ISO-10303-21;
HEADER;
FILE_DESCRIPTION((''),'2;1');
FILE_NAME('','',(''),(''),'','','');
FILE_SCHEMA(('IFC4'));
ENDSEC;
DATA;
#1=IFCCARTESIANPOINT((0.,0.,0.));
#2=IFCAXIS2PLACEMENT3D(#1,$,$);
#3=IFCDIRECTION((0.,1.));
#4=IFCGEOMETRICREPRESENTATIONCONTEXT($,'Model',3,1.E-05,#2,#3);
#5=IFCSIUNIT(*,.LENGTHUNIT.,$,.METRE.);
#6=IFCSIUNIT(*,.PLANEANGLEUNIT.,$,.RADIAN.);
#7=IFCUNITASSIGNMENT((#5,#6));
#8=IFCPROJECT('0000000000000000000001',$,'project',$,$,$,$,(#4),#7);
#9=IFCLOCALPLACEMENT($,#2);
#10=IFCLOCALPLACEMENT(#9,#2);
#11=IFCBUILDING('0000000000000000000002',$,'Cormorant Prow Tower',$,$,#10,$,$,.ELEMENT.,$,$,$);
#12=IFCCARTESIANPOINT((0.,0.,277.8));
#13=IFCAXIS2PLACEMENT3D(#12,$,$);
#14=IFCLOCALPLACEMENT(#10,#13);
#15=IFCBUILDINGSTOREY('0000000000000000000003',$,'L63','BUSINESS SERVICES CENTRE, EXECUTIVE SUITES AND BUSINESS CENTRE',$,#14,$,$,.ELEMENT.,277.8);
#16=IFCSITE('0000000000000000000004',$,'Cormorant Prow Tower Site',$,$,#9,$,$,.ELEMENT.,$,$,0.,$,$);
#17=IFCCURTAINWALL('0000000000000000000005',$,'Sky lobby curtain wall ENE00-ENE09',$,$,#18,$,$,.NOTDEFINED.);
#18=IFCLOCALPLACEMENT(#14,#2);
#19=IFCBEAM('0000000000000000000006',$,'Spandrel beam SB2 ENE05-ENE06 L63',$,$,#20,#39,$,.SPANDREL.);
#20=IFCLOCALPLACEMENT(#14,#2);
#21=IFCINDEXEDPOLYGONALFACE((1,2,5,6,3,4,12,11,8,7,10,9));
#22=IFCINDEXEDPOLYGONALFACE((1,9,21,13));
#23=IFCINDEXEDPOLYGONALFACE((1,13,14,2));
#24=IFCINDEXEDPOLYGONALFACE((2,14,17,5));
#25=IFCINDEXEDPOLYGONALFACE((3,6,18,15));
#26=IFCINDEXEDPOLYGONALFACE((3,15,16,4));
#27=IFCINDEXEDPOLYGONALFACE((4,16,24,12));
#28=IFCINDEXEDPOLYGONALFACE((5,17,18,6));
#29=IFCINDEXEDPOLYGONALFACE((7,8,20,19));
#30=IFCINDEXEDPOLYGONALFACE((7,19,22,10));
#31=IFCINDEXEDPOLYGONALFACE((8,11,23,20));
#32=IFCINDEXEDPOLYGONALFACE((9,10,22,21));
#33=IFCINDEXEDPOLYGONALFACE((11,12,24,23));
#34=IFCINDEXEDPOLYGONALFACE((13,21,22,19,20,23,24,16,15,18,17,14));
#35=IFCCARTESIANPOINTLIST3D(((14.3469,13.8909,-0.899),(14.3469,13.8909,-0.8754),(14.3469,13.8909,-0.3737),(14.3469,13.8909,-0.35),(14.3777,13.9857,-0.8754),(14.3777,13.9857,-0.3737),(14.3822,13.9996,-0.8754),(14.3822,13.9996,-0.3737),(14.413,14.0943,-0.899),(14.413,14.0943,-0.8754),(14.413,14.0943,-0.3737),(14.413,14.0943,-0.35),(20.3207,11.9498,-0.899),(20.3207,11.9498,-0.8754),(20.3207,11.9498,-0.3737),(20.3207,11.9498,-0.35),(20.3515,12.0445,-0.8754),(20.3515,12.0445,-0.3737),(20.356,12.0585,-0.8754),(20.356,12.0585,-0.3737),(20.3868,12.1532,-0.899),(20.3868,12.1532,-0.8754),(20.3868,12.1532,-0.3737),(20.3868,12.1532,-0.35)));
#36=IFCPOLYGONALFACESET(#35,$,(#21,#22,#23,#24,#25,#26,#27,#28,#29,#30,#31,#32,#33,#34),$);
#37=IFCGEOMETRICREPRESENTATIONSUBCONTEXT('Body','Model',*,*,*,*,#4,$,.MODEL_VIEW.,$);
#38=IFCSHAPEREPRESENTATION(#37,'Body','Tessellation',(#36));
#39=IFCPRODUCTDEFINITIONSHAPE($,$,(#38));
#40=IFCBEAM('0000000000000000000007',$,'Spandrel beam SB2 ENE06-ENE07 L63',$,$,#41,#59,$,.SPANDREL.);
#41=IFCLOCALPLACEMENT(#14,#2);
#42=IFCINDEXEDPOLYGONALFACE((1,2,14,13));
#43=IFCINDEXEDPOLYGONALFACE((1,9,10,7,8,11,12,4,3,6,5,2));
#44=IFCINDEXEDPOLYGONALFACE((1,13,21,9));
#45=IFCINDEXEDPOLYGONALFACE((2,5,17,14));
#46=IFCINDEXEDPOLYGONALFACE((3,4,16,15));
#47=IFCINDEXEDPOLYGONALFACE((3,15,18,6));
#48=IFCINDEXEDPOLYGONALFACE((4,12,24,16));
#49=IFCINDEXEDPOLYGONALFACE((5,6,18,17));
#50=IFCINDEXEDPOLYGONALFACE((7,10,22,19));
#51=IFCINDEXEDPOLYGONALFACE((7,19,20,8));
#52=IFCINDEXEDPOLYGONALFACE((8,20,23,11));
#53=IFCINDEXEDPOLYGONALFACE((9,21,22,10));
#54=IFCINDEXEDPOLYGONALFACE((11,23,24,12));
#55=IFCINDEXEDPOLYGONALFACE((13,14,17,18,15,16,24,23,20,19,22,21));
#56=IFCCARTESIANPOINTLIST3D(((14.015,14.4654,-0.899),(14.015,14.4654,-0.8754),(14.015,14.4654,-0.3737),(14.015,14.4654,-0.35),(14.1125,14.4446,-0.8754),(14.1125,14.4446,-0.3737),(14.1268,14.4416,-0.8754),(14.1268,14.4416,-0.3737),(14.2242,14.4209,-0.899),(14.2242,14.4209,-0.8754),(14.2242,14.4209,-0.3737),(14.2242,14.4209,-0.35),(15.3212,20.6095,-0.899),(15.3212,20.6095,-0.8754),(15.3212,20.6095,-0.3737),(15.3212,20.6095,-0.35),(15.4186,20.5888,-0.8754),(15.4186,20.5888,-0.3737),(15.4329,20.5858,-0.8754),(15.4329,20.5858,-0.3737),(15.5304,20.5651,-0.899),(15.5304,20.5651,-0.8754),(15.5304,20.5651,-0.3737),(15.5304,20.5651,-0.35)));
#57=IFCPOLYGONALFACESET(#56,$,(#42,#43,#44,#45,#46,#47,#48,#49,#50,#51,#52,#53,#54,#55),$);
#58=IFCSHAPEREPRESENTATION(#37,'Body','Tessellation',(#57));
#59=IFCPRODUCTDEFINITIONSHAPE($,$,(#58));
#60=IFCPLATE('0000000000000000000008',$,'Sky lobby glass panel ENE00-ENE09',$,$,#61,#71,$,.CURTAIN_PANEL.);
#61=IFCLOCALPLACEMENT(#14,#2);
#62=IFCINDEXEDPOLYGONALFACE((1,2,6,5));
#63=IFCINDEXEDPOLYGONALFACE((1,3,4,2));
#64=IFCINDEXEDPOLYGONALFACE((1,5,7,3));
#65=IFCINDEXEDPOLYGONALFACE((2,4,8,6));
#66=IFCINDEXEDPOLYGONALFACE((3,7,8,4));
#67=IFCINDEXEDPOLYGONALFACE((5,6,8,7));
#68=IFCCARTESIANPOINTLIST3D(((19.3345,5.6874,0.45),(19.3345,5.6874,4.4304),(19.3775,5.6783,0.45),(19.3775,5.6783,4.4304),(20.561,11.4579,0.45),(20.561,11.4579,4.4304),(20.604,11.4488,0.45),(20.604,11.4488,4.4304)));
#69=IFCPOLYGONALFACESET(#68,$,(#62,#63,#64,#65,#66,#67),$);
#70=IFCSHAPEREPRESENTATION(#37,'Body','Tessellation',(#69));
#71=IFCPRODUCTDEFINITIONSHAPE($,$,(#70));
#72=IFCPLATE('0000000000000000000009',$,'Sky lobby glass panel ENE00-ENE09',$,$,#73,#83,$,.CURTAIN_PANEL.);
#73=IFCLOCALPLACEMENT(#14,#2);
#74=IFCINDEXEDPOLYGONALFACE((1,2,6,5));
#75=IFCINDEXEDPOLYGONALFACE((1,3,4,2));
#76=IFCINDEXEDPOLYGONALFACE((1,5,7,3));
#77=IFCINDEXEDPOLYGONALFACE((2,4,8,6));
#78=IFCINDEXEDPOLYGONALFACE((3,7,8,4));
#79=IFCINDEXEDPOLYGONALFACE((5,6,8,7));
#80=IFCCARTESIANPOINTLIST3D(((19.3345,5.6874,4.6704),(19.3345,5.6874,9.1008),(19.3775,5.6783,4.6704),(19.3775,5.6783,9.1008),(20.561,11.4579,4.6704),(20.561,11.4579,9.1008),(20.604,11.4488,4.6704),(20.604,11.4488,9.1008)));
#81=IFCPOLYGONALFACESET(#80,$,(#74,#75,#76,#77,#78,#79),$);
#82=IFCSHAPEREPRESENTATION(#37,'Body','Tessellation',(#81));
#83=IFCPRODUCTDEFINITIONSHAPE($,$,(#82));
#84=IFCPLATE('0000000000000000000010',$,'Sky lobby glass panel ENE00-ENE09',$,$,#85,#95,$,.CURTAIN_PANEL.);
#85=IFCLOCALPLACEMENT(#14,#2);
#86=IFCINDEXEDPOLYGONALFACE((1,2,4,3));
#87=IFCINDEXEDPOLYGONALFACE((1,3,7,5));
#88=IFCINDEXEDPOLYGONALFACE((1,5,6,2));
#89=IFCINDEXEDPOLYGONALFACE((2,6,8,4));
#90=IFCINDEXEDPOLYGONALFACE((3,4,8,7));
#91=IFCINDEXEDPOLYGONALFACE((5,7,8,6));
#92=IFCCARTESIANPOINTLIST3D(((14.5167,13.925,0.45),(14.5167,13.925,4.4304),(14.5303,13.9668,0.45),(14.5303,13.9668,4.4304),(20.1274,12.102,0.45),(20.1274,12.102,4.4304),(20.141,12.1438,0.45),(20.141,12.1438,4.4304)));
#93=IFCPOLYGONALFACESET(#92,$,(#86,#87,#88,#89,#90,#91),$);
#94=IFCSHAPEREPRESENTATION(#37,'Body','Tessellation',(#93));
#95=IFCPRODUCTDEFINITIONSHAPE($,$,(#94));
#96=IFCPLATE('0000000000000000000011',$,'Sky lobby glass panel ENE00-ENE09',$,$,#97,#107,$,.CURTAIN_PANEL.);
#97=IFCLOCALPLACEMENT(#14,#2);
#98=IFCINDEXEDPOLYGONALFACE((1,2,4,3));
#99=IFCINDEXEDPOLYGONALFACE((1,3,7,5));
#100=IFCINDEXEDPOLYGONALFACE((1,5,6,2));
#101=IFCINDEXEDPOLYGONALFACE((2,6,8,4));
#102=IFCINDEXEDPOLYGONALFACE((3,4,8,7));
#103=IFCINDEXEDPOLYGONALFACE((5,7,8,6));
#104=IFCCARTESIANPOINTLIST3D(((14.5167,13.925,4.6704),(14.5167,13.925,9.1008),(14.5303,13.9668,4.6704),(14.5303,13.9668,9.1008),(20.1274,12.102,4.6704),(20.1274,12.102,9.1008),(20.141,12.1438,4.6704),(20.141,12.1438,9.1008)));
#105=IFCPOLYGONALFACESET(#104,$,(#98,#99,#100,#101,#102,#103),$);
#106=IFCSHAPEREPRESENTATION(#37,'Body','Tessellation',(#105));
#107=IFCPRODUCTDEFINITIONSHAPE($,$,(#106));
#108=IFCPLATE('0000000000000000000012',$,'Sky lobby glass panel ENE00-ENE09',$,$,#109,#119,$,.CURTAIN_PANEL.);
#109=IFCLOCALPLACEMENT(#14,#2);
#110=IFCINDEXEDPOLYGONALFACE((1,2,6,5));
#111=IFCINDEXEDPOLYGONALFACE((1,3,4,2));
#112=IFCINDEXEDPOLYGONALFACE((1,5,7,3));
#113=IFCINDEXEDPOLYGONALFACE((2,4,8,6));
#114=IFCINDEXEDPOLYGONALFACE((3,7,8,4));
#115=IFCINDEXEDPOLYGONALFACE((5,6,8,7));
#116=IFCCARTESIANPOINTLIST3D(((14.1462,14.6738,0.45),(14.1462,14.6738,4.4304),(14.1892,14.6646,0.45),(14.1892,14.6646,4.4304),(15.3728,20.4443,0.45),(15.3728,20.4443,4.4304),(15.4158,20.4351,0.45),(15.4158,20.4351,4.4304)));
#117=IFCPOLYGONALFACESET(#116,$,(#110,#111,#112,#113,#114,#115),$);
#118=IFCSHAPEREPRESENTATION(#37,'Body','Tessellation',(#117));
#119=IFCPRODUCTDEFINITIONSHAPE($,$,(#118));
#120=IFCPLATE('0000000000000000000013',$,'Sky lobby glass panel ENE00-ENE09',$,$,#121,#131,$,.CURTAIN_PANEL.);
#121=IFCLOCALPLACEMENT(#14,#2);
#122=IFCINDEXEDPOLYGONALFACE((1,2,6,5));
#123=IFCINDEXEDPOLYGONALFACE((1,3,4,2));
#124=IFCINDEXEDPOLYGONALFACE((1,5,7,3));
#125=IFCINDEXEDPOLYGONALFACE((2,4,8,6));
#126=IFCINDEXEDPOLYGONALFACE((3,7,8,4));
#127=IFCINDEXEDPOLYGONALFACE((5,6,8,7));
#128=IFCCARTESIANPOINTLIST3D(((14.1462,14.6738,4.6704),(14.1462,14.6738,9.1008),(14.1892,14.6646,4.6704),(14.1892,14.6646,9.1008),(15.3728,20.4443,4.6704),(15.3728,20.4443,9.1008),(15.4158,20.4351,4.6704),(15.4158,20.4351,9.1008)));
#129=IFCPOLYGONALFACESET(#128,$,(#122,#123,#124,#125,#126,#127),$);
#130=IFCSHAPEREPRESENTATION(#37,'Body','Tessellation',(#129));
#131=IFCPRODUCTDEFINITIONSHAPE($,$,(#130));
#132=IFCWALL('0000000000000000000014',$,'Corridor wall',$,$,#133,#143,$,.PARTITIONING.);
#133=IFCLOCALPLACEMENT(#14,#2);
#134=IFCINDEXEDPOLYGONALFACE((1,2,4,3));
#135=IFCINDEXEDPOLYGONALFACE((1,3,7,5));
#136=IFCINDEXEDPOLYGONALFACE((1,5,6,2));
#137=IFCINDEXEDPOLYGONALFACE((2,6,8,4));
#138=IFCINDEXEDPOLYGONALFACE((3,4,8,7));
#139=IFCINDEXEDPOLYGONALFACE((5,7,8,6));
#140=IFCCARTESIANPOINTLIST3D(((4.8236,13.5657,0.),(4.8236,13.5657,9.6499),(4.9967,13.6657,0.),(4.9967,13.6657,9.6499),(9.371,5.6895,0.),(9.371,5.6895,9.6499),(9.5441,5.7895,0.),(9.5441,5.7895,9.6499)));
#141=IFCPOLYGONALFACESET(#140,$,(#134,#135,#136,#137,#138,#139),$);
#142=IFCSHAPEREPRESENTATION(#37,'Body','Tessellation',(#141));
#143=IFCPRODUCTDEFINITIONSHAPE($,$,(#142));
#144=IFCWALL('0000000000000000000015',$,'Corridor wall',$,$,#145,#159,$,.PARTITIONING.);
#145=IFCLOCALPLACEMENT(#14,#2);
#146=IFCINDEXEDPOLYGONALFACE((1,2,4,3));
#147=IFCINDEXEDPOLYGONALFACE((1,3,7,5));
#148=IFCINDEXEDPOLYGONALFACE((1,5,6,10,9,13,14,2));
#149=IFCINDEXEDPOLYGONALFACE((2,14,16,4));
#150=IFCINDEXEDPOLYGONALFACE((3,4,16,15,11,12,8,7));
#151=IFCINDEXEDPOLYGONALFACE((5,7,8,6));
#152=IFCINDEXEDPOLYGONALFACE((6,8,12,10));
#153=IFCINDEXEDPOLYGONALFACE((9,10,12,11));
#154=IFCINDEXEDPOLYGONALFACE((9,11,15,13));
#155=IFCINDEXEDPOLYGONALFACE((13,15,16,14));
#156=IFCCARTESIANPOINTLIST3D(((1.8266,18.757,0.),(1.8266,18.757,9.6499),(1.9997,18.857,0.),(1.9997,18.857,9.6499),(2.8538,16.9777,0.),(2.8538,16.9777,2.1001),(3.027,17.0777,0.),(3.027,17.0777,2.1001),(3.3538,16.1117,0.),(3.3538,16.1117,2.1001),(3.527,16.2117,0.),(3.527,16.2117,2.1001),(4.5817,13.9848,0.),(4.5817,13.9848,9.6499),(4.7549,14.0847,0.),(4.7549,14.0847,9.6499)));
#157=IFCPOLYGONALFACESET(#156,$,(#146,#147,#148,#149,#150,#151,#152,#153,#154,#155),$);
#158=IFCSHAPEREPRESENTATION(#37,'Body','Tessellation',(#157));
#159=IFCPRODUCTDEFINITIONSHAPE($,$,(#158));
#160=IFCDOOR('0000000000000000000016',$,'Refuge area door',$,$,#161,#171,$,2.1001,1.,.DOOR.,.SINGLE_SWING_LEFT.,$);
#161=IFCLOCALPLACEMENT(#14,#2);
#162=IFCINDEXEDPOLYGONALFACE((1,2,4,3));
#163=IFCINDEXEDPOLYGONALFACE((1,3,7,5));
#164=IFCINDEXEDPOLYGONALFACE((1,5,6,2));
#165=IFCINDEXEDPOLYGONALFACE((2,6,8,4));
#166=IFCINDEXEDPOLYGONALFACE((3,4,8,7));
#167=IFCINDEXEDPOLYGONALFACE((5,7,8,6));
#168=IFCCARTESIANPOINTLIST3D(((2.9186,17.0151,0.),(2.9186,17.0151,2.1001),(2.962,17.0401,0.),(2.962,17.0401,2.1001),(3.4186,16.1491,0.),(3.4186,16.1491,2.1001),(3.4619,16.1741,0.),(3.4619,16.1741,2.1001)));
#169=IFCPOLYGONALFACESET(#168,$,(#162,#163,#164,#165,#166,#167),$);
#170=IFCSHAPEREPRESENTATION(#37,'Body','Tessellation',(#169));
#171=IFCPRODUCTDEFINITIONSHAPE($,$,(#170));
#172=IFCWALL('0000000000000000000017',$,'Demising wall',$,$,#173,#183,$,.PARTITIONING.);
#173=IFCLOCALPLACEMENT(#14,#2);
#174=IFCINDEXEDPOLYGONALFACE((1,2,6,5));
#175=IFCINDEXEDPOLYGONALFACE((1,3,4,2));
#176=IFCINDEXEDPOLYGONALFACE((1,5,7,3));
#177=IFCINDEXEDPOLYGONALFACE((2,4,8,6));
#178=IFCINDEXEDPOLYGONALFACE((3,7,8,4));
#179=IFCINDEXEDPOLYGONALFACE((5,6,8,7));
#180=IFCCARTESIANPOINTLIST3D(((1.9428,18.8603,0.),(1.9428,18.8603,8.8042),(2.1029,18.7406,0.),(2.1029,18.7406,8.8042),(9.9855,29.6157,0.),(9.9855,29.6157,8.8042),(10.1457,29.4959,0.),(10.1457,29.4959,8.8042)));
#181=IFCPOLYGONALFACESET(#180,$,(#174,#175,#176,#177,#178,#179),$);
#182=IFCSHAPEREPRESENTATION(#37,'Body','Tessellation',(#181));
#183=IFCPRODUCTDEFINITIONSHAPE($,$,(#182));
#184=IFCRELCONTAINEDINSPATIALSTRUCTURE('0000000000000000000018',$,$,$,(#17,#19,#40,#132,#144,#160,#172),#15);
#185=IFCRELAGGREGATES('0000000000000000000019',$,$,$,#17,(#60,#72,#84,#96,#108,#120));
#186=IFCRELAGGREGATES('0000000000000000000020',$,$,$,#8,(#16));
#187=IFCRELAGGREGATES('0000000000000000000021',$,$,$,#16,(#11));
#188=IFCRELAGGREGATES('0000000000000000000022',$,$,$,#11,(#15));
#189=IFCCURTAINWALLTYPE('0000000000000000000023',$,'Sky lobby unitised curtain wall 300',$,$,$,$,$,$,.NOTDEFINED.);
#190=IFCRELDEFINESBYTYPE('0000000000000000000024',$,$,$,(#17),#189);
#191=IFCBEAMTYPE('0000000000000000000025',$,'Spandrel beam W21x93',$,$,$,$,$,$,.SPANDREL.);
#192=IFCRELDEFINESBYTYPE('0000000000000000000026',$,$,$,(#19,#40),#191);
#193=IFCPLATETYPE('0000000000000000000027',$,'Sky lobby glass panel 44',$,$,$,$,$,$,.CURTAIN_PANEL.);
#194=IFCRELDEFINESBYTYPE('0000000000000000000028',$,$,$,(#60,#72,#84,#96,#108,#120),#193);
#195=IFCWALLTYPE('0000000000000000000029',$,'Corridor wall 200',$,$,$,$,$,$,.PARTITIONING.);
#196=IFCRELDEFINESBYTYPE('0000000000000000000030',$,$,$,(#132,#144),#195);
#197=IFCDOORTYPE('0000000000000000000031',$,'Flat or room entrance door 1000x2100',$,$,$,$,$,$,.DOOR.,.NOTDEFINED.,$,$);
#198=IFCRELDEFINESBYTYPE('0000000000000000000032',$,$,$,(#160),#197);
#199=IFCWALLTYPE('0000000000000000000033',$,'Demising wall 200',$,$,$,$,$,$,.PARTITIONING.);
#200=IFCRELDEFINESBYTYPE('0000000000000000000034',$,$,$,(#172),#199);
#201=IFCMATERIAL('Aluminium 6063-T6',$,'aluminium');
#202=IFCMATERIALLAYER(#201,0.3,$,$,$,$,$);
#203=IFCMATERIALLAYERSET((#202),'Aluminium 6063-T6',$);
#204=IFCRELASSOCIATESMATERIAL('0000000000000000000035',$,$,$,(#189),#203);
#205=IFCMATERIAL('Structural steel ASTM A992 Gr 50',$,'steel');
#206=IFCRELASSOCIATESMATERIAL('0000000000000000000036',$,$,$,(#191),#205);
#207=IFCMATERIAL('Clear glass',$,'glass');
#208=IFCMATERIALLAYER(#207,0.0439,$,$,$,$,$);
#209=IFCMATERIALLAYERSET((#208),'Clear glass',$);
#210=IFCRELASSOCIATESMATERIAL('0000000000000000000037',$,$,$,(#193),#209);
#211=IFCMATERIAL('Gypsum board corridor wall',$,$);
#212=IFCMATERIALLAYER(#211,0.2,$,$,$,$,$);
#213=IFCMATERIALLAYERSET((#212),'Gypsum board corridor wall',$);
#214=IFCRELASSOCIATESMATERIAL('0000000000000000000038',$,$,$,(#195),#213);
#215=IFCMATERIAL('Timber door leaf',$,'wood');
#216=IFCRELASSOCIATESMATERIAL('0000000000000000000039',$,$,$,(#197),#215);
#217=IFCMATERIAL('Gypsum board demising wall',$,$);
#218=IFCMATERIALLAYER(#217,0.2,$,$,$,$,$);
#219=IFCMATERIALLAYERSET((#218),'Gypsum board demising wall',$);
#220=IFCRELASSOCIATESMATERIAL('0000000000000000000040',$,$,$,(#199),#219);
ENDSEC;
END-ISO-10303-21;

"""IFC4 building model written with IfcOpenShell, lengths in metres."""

from ifc_helpers import new_model, si_unit, direction, frame, frame_2d, origin, origin_2d, place, context, subcontext, project, spatial, rectangle, i_section, extrude, material, layer, layer_set, material_profile, profile_set, type_object, element, fill, aggregate, save


model = new_model("IFC4")

# Units and contexts
model_context = context("Model", 3, precision=1e-05, world=origin(), true_north=direction((0.0, 1.0)))
body_context = subcontext(model_context, "Body", "Model", "MODEL_VIEW")
ifc_project = project(units=[si_unit("LENGTHUNIT", "METRE"), si_unit("PLANEANGLEUNIT", "RADIAN")], contexts=[model_context])

# Site, building, storey
site_placement = place(None, origin())
site = spatial("IfcSite", under=ifc_project, at=site_placement, Name="Cormorant Prow Tower Site", CompositionType="ELEMENT", RefElevation=0.0)
building_placement = place(site_placement, origin())
building = spatial("IfcBuilding", under=site, at=building_placement, Name="Cormorant Prow Tower", CompositionType="ELEMENT")
storey_placement = place(building_placement, frame((0.0, 0.0, 277.8)))
storey = spatial("IfcBuildingStorey", under=building, at=storey_placement, Name="L63", Description="BUSINESS SERVICES CENTRE, EXECUTIVE SUITES AND BUSINESS CENTRE", CompositionType="ELEMENT", Elevation=277.8)

# Curtain wall
ifc_material_1 = material(Name="Aluminium 6063-T6", Category="aluminium")
ifc_layer_1 = layer(ifc_material_1, 0.3)
ifc_layer_set_1 = layer_set([ifc_layer_1], Name="Aluminium 6063-T6")
curtain_wall_type = type_object("IfcCurtainWallType", Name="Sky lobby unitised curtain wall 300", PredefinedType="NOTDEFINED", material=ifc_layer_set_1)
curtain_wall_placement = place(storey_placement, origin())
curtain_wall = element("IfcCurtainWall", 1, at=curtain_wall_placement, inside=storey, type_object=curtain_wall_type, Name="Sky lobby curtain wall ENE00-ENE09", PredefinedType="NOTDEFINED")

# Beams
ifc_material_2 = material(Name="Structural steel ASTM A992 Gr 50", Category="steel")
ifc_material_profile_1 = material_profile(ifc_material_2, i_section(OverallWidth=0.2139, OverallDepth=0.5491, WebThickness=0.0146, FlangeThickness=0.0237, at=origin_2d()), Name="W21x93")
ifc_profile_set_1 = profile_set([ifc_material_profile_1], Name="Structural steel ASTM A992 Gr 50")
beam_type_1 = type_object("IfcBeamType", Name="Spandrel beam W21x93", PredefinedType="SPANDREL", material=ifc_profile_set_1)
beam_1_placement = place(storey_placement, frame((20.3538, 12.0515, -0.6245), z_axis=(-0.95105, 0.309036, 0.0), x_axis=(-0.309036, -0.95105, 0.0)))
element("IfcBeam", 2, at=beam_1_placement, inside=storey, type_object=beam_type_1, Name="Spandrel beam SB2 ENE05-ENE06 L63", PredefinedType="SPANDREL", context=body_context, shape_type="SweptSolid", body=[
    extrude(i_section(OverallWidth=0.2139, OverallDepth=0.5491, WebThickness=0.0146, FlangeThickness=0.0237, at=origin_2d()), origin(), (0.0, 0.0, 1.0), 6.2812),
])
beam_2_placement = place(storey_placement, frame((14.1196, 14.4431, -0.6245), z_axis=(0.207934, 0.978143, 0.0), x_axis=(-0.978143, 0.207934, 0.0)))
element("IfcBeam", 3, at=beam_2_placement, inside=storey, type_object=beam_type_1, Name="Spandrel beam SB2 ENE06-ENE07 L63", PredefinedType="SPANDREL", context=body_context, shape_type="SweptSolid", body=[
    extrude(i_section(OverallWidth=0.2139, OverallDepth=0.5491, WebThickness=0.0146, FlangeThickness=0.0237, at=origin_2d()), origin(), (0.0, 0.0, 1.0), 6.2815),
])

# Plates
ifc_material_3 = material(Name="Clear glass", Category="glass")
ifc_layer_2 = layer(ifc_material_3, 0.0439)
ifc_layer_set_2 = layer_set([ifc_layer_2], Name="Clear glass")
plate_type = type_object("IfcPlateType", Name="Sky lobby glass panel 44", PredefinedType="CURTAIN_PANEL", material=ifc_layer_set_2)
plate_1_placement = place(storey_placement, frame((19.9692, 8.5681, 0.45), z_axis=(0.0, 0.0, 1.0), x_axis=(0.207912, 0.978148, 0.0)))
plate_1 = element("IfcPlate", 4, at=plate_1_placement, type_object=plate_type, Name="Sky lobby glass panel ENE00-ENE09", PredefinedType="CURTAIN_PANEL", context=body_context, shape_type="SweptSolid", body=[
    extrude(rectangle(XDim=5.8994, YDim=0.0439, at=origin_2d()), origin(), (0.0, 0.0, 1.0), 3.9805),
])
plate_2_placement = place(storey_placement, frame((19.9692, 8.5681, 4.6704), z_axis=(0.0, 0.0, 1.0), x_axis=(0.207912, 0.978148, 0.0)))
plate_2 = element("IfcPlate", 5, at=plate_2_placement, type_object=plate_type, Name="Sky lobby glass panel ENE00-ENE09", PredefinedType="CURTAIN_PANEL", context=body_context, shape_type="SweptSolid", body=[
    extrude(rectangle(XDim=5.8994, YDim=0.0439, at=origin_2d()), origin(), (0.0, 0.0, 1.0), 4.4304),
])
plate_3_placement = place(storey_placement, frame((17.3289, 13.0344, 0.45), z_axis=(0.0, 0.0, 1.0), x_axis=(-0.951057, 0.309017, 0.0)))
plate_3 = element("IfcPlate", 6, at=plate_3_placement, type_object=plate_type, Name="Sky lobby glass panel ENE00-ENE09", PredefinedType="CURTAIN_PANEL", context=body_context, shape_type="SweptSolid", body=[
    extrude(rectangle(XDim=5.8994, YDim=0.0439, at=origin_2d()), origin(), (0.0, 0.0, 1.0), 3.9805),
])
plate_4_placement = place(storey_placement, frame((17.3289, 13.0344, 4.6704), z_axis=(0.0, 0.0, 1.0), x_axis=(-0.951057, 0.309017, 0.0)))
plate_4 = element("IfcPlate", 7, at=plate_4_placement, type_object=plate_type, Name="Sky lobby glass panel ENE00-ENE09", PredefinedType="CURTAIN_PANEL", context=body_context, shape_type="SweptSolid", body=[
    extrude(rectangle(XDim=5.8994, YDim=0.0439, at=origin_2d()), origin(), (0.0, 0.0, 1.0), 4.4304),
])
plate_5_placement = place(storey_placement, frame((14.781, 17.5544, 0.45), z_axis=(0.0, 0.0, 1.0), x_axis=(0.207912, 0.978148, 0.0)))
plate_5 = element("IfcPlate", 8, at=plate_5_placement, type_object=plate_type, Name="Sky lobby glass panel ENE00-ENE09", PredefinedType="CURTAIN_PANEL", context=body_context, shape_type="SweptSolid", body=[
    extrude(rectangle(XDim=5.8994, YDim=0.0439, at=origin_2d()), origin(), (0.0, 0.0, 1.0), 3.9805),
])
plate_6_placement = place(storey_placement, frame((14.781, 17.5544, 4.6704), z_axis=(0.0, 0.0, 1.0), x_axis=(0.207912, 0.978148, 0.0)))
plate_6 = element("IfcPlate", 9, at=plate_6_placement, type_object=plate_type, Name="Sky lobby glass panel ENE00-ENE09", PredefinedType="CURTAIN_PANEL", context=body_context, shape_type="SweptSolid", body=[
    extrude(rectangle(XDim=5.8994, YDim=0.0439, at=origin_2d()), origin(), (0.0, 0.0, 1.0), 4.4304),
])
aggregate(curtain_wall, [plate_1, plate_2, plate_3, plate_4, plate_5, plate_6])

# Wall
ifc_material_4 = material(Name="Gypsum board corridor wall")
ifc_layer_3 = layer(ifc_material_4, 0.2)
ifc_layer_set_3 = layer_set([ifc_layer_3], Name="Gypsum board corridor wall")
wall_type_1 = type_object("IfcWallType", Name="Corridor wall 200", PredefinedType="PARTITIONING", material=ifc_layer_set_3)
wall_1_placement = place(storey_placement, frame((4.9102, 13.6157, 0.0), z_axis=(0.0, 0.0, 1.0), x_axis=(0.500002, -0.866024, 0.0)))
element("IfcWall", 10, at=wall_1_placement, inside=storey, type_object=wall_type_1, Name="Corridor wall", PredefinedType="PARTITIONING", context=body_context, shape_type="SweptSolid", body=[
    extrude(rectangle(XDim=9.0947, YDim=0.2, at=frame_2d((4.5474, 0.0))), origin(), (0.0, 0.0, 1.0), 9.6499),
])

# Wall, opening, door
wall_2_placement = place(storey_placement, frame((1.9131, 18.8071, 0.0), z_axis=(0.0, 0.0, 1.0), x_axis=(0.499985, -0.866034, 0.0)))
wall_2 = element("IfcWall", 11, at=wall_2_placement, inside=storey, type_object=wall_type_1, Name="Corridor wall", PredefinedType="PARTITIONING", context=body_context, shape_type="SweptSolid", body=[
    extrude(rectangle(XDim=5.5105, YDim=0.2, at=frame_2d((2.7554, 0.0))), origin(), (0.0, 0.0, 1.0), 9.6499),
])
opening_placement = place(wall_2_placement, frame((2.0547, 0.0, 0.0)))
opening = element("IfcOpeningElement", 12, at=opening_placement, cuts=wall_2, PredefinedType="OPENING", context=body_context, shape_type="SweptSolid", body=[
    extrude(rectangle(XDim=1.0, YDim=2.1001, at=frame_2d((0.5, 1.05))), frame((0.0, 0.1099, 0.0), z_axis=(0.0, -1.0, 0.0), x_axis=(1.0, 0.0, 0.0)), (0.0, 0.0, 1.0), 0.22),
])
ifc_material_5 = material(Name="Timber door leaf", Category="wood")
door_type = type_object("IfcDoorType", Name="Flat or room entrance door 1000x2100", OperationType="NOTDEFINED", PredefinedType="DOOR", material=ifc_material_5)
door_placement = place(opening_placement, origin())
door = element("IfcDoor", 13, at=door_placement, inside=storey, type_object=door_type, Name="Refuge area door", OperationType="SINGLE_SWING_LEFT", OverallHeight=2.1001, OverallWidth=1.0, PredefinedType="DOOR", context=body_context, shape_type="SweptSolid", body=[
    extrude(rectangle(XDim=1.0, YDim=2.1001, at=frame_2d((0.5, 1.05))), frame((0.0, 0.0249, 0.0), z_axis=(0.0, -1.0, 0.0), x_axis=(1.0, 0.0, 0.0)), (0.0, 0.0, 1.0), 0.05),
])
fill(opening, door)

# Wall
ifc_material_6 = material(Name="Gypsum board demising wall")
ifc_layer_4 = layer(ifc_material_6, 0.2)
ifc_layer_set_4 = layer_set([ifc_layer_4], Name="Gypsum board demising wall")
wall_type_2 = type_object("IfcWallType", Name="Demising wall 200", PredefinedType="PARTITIONING", material=ifc_layer_set_4)
wall_3_placement = place(storey_placement, frame((2.0229, 18.8005, 0.0), z_axis=(0.0, 0.0, 1.0), x_axis=(0.598865, 0.80085, 0.0)))
element("IfcWall", 14, at=wall_3_placement, inside=storey, type_object=wall_type_2, Name="Demising wall", PredefinedType="PARTITIONING", context=body_context, shape_type="SweptSolid", body=[
    extrude(rectangle(XDim=13.4299, YDim=0.2, at=frame_2d((6.7148, 0.0))), origin(), (0.0, 0.0, 1.0), 8.8042),
])

save(model, "model.ifc")
